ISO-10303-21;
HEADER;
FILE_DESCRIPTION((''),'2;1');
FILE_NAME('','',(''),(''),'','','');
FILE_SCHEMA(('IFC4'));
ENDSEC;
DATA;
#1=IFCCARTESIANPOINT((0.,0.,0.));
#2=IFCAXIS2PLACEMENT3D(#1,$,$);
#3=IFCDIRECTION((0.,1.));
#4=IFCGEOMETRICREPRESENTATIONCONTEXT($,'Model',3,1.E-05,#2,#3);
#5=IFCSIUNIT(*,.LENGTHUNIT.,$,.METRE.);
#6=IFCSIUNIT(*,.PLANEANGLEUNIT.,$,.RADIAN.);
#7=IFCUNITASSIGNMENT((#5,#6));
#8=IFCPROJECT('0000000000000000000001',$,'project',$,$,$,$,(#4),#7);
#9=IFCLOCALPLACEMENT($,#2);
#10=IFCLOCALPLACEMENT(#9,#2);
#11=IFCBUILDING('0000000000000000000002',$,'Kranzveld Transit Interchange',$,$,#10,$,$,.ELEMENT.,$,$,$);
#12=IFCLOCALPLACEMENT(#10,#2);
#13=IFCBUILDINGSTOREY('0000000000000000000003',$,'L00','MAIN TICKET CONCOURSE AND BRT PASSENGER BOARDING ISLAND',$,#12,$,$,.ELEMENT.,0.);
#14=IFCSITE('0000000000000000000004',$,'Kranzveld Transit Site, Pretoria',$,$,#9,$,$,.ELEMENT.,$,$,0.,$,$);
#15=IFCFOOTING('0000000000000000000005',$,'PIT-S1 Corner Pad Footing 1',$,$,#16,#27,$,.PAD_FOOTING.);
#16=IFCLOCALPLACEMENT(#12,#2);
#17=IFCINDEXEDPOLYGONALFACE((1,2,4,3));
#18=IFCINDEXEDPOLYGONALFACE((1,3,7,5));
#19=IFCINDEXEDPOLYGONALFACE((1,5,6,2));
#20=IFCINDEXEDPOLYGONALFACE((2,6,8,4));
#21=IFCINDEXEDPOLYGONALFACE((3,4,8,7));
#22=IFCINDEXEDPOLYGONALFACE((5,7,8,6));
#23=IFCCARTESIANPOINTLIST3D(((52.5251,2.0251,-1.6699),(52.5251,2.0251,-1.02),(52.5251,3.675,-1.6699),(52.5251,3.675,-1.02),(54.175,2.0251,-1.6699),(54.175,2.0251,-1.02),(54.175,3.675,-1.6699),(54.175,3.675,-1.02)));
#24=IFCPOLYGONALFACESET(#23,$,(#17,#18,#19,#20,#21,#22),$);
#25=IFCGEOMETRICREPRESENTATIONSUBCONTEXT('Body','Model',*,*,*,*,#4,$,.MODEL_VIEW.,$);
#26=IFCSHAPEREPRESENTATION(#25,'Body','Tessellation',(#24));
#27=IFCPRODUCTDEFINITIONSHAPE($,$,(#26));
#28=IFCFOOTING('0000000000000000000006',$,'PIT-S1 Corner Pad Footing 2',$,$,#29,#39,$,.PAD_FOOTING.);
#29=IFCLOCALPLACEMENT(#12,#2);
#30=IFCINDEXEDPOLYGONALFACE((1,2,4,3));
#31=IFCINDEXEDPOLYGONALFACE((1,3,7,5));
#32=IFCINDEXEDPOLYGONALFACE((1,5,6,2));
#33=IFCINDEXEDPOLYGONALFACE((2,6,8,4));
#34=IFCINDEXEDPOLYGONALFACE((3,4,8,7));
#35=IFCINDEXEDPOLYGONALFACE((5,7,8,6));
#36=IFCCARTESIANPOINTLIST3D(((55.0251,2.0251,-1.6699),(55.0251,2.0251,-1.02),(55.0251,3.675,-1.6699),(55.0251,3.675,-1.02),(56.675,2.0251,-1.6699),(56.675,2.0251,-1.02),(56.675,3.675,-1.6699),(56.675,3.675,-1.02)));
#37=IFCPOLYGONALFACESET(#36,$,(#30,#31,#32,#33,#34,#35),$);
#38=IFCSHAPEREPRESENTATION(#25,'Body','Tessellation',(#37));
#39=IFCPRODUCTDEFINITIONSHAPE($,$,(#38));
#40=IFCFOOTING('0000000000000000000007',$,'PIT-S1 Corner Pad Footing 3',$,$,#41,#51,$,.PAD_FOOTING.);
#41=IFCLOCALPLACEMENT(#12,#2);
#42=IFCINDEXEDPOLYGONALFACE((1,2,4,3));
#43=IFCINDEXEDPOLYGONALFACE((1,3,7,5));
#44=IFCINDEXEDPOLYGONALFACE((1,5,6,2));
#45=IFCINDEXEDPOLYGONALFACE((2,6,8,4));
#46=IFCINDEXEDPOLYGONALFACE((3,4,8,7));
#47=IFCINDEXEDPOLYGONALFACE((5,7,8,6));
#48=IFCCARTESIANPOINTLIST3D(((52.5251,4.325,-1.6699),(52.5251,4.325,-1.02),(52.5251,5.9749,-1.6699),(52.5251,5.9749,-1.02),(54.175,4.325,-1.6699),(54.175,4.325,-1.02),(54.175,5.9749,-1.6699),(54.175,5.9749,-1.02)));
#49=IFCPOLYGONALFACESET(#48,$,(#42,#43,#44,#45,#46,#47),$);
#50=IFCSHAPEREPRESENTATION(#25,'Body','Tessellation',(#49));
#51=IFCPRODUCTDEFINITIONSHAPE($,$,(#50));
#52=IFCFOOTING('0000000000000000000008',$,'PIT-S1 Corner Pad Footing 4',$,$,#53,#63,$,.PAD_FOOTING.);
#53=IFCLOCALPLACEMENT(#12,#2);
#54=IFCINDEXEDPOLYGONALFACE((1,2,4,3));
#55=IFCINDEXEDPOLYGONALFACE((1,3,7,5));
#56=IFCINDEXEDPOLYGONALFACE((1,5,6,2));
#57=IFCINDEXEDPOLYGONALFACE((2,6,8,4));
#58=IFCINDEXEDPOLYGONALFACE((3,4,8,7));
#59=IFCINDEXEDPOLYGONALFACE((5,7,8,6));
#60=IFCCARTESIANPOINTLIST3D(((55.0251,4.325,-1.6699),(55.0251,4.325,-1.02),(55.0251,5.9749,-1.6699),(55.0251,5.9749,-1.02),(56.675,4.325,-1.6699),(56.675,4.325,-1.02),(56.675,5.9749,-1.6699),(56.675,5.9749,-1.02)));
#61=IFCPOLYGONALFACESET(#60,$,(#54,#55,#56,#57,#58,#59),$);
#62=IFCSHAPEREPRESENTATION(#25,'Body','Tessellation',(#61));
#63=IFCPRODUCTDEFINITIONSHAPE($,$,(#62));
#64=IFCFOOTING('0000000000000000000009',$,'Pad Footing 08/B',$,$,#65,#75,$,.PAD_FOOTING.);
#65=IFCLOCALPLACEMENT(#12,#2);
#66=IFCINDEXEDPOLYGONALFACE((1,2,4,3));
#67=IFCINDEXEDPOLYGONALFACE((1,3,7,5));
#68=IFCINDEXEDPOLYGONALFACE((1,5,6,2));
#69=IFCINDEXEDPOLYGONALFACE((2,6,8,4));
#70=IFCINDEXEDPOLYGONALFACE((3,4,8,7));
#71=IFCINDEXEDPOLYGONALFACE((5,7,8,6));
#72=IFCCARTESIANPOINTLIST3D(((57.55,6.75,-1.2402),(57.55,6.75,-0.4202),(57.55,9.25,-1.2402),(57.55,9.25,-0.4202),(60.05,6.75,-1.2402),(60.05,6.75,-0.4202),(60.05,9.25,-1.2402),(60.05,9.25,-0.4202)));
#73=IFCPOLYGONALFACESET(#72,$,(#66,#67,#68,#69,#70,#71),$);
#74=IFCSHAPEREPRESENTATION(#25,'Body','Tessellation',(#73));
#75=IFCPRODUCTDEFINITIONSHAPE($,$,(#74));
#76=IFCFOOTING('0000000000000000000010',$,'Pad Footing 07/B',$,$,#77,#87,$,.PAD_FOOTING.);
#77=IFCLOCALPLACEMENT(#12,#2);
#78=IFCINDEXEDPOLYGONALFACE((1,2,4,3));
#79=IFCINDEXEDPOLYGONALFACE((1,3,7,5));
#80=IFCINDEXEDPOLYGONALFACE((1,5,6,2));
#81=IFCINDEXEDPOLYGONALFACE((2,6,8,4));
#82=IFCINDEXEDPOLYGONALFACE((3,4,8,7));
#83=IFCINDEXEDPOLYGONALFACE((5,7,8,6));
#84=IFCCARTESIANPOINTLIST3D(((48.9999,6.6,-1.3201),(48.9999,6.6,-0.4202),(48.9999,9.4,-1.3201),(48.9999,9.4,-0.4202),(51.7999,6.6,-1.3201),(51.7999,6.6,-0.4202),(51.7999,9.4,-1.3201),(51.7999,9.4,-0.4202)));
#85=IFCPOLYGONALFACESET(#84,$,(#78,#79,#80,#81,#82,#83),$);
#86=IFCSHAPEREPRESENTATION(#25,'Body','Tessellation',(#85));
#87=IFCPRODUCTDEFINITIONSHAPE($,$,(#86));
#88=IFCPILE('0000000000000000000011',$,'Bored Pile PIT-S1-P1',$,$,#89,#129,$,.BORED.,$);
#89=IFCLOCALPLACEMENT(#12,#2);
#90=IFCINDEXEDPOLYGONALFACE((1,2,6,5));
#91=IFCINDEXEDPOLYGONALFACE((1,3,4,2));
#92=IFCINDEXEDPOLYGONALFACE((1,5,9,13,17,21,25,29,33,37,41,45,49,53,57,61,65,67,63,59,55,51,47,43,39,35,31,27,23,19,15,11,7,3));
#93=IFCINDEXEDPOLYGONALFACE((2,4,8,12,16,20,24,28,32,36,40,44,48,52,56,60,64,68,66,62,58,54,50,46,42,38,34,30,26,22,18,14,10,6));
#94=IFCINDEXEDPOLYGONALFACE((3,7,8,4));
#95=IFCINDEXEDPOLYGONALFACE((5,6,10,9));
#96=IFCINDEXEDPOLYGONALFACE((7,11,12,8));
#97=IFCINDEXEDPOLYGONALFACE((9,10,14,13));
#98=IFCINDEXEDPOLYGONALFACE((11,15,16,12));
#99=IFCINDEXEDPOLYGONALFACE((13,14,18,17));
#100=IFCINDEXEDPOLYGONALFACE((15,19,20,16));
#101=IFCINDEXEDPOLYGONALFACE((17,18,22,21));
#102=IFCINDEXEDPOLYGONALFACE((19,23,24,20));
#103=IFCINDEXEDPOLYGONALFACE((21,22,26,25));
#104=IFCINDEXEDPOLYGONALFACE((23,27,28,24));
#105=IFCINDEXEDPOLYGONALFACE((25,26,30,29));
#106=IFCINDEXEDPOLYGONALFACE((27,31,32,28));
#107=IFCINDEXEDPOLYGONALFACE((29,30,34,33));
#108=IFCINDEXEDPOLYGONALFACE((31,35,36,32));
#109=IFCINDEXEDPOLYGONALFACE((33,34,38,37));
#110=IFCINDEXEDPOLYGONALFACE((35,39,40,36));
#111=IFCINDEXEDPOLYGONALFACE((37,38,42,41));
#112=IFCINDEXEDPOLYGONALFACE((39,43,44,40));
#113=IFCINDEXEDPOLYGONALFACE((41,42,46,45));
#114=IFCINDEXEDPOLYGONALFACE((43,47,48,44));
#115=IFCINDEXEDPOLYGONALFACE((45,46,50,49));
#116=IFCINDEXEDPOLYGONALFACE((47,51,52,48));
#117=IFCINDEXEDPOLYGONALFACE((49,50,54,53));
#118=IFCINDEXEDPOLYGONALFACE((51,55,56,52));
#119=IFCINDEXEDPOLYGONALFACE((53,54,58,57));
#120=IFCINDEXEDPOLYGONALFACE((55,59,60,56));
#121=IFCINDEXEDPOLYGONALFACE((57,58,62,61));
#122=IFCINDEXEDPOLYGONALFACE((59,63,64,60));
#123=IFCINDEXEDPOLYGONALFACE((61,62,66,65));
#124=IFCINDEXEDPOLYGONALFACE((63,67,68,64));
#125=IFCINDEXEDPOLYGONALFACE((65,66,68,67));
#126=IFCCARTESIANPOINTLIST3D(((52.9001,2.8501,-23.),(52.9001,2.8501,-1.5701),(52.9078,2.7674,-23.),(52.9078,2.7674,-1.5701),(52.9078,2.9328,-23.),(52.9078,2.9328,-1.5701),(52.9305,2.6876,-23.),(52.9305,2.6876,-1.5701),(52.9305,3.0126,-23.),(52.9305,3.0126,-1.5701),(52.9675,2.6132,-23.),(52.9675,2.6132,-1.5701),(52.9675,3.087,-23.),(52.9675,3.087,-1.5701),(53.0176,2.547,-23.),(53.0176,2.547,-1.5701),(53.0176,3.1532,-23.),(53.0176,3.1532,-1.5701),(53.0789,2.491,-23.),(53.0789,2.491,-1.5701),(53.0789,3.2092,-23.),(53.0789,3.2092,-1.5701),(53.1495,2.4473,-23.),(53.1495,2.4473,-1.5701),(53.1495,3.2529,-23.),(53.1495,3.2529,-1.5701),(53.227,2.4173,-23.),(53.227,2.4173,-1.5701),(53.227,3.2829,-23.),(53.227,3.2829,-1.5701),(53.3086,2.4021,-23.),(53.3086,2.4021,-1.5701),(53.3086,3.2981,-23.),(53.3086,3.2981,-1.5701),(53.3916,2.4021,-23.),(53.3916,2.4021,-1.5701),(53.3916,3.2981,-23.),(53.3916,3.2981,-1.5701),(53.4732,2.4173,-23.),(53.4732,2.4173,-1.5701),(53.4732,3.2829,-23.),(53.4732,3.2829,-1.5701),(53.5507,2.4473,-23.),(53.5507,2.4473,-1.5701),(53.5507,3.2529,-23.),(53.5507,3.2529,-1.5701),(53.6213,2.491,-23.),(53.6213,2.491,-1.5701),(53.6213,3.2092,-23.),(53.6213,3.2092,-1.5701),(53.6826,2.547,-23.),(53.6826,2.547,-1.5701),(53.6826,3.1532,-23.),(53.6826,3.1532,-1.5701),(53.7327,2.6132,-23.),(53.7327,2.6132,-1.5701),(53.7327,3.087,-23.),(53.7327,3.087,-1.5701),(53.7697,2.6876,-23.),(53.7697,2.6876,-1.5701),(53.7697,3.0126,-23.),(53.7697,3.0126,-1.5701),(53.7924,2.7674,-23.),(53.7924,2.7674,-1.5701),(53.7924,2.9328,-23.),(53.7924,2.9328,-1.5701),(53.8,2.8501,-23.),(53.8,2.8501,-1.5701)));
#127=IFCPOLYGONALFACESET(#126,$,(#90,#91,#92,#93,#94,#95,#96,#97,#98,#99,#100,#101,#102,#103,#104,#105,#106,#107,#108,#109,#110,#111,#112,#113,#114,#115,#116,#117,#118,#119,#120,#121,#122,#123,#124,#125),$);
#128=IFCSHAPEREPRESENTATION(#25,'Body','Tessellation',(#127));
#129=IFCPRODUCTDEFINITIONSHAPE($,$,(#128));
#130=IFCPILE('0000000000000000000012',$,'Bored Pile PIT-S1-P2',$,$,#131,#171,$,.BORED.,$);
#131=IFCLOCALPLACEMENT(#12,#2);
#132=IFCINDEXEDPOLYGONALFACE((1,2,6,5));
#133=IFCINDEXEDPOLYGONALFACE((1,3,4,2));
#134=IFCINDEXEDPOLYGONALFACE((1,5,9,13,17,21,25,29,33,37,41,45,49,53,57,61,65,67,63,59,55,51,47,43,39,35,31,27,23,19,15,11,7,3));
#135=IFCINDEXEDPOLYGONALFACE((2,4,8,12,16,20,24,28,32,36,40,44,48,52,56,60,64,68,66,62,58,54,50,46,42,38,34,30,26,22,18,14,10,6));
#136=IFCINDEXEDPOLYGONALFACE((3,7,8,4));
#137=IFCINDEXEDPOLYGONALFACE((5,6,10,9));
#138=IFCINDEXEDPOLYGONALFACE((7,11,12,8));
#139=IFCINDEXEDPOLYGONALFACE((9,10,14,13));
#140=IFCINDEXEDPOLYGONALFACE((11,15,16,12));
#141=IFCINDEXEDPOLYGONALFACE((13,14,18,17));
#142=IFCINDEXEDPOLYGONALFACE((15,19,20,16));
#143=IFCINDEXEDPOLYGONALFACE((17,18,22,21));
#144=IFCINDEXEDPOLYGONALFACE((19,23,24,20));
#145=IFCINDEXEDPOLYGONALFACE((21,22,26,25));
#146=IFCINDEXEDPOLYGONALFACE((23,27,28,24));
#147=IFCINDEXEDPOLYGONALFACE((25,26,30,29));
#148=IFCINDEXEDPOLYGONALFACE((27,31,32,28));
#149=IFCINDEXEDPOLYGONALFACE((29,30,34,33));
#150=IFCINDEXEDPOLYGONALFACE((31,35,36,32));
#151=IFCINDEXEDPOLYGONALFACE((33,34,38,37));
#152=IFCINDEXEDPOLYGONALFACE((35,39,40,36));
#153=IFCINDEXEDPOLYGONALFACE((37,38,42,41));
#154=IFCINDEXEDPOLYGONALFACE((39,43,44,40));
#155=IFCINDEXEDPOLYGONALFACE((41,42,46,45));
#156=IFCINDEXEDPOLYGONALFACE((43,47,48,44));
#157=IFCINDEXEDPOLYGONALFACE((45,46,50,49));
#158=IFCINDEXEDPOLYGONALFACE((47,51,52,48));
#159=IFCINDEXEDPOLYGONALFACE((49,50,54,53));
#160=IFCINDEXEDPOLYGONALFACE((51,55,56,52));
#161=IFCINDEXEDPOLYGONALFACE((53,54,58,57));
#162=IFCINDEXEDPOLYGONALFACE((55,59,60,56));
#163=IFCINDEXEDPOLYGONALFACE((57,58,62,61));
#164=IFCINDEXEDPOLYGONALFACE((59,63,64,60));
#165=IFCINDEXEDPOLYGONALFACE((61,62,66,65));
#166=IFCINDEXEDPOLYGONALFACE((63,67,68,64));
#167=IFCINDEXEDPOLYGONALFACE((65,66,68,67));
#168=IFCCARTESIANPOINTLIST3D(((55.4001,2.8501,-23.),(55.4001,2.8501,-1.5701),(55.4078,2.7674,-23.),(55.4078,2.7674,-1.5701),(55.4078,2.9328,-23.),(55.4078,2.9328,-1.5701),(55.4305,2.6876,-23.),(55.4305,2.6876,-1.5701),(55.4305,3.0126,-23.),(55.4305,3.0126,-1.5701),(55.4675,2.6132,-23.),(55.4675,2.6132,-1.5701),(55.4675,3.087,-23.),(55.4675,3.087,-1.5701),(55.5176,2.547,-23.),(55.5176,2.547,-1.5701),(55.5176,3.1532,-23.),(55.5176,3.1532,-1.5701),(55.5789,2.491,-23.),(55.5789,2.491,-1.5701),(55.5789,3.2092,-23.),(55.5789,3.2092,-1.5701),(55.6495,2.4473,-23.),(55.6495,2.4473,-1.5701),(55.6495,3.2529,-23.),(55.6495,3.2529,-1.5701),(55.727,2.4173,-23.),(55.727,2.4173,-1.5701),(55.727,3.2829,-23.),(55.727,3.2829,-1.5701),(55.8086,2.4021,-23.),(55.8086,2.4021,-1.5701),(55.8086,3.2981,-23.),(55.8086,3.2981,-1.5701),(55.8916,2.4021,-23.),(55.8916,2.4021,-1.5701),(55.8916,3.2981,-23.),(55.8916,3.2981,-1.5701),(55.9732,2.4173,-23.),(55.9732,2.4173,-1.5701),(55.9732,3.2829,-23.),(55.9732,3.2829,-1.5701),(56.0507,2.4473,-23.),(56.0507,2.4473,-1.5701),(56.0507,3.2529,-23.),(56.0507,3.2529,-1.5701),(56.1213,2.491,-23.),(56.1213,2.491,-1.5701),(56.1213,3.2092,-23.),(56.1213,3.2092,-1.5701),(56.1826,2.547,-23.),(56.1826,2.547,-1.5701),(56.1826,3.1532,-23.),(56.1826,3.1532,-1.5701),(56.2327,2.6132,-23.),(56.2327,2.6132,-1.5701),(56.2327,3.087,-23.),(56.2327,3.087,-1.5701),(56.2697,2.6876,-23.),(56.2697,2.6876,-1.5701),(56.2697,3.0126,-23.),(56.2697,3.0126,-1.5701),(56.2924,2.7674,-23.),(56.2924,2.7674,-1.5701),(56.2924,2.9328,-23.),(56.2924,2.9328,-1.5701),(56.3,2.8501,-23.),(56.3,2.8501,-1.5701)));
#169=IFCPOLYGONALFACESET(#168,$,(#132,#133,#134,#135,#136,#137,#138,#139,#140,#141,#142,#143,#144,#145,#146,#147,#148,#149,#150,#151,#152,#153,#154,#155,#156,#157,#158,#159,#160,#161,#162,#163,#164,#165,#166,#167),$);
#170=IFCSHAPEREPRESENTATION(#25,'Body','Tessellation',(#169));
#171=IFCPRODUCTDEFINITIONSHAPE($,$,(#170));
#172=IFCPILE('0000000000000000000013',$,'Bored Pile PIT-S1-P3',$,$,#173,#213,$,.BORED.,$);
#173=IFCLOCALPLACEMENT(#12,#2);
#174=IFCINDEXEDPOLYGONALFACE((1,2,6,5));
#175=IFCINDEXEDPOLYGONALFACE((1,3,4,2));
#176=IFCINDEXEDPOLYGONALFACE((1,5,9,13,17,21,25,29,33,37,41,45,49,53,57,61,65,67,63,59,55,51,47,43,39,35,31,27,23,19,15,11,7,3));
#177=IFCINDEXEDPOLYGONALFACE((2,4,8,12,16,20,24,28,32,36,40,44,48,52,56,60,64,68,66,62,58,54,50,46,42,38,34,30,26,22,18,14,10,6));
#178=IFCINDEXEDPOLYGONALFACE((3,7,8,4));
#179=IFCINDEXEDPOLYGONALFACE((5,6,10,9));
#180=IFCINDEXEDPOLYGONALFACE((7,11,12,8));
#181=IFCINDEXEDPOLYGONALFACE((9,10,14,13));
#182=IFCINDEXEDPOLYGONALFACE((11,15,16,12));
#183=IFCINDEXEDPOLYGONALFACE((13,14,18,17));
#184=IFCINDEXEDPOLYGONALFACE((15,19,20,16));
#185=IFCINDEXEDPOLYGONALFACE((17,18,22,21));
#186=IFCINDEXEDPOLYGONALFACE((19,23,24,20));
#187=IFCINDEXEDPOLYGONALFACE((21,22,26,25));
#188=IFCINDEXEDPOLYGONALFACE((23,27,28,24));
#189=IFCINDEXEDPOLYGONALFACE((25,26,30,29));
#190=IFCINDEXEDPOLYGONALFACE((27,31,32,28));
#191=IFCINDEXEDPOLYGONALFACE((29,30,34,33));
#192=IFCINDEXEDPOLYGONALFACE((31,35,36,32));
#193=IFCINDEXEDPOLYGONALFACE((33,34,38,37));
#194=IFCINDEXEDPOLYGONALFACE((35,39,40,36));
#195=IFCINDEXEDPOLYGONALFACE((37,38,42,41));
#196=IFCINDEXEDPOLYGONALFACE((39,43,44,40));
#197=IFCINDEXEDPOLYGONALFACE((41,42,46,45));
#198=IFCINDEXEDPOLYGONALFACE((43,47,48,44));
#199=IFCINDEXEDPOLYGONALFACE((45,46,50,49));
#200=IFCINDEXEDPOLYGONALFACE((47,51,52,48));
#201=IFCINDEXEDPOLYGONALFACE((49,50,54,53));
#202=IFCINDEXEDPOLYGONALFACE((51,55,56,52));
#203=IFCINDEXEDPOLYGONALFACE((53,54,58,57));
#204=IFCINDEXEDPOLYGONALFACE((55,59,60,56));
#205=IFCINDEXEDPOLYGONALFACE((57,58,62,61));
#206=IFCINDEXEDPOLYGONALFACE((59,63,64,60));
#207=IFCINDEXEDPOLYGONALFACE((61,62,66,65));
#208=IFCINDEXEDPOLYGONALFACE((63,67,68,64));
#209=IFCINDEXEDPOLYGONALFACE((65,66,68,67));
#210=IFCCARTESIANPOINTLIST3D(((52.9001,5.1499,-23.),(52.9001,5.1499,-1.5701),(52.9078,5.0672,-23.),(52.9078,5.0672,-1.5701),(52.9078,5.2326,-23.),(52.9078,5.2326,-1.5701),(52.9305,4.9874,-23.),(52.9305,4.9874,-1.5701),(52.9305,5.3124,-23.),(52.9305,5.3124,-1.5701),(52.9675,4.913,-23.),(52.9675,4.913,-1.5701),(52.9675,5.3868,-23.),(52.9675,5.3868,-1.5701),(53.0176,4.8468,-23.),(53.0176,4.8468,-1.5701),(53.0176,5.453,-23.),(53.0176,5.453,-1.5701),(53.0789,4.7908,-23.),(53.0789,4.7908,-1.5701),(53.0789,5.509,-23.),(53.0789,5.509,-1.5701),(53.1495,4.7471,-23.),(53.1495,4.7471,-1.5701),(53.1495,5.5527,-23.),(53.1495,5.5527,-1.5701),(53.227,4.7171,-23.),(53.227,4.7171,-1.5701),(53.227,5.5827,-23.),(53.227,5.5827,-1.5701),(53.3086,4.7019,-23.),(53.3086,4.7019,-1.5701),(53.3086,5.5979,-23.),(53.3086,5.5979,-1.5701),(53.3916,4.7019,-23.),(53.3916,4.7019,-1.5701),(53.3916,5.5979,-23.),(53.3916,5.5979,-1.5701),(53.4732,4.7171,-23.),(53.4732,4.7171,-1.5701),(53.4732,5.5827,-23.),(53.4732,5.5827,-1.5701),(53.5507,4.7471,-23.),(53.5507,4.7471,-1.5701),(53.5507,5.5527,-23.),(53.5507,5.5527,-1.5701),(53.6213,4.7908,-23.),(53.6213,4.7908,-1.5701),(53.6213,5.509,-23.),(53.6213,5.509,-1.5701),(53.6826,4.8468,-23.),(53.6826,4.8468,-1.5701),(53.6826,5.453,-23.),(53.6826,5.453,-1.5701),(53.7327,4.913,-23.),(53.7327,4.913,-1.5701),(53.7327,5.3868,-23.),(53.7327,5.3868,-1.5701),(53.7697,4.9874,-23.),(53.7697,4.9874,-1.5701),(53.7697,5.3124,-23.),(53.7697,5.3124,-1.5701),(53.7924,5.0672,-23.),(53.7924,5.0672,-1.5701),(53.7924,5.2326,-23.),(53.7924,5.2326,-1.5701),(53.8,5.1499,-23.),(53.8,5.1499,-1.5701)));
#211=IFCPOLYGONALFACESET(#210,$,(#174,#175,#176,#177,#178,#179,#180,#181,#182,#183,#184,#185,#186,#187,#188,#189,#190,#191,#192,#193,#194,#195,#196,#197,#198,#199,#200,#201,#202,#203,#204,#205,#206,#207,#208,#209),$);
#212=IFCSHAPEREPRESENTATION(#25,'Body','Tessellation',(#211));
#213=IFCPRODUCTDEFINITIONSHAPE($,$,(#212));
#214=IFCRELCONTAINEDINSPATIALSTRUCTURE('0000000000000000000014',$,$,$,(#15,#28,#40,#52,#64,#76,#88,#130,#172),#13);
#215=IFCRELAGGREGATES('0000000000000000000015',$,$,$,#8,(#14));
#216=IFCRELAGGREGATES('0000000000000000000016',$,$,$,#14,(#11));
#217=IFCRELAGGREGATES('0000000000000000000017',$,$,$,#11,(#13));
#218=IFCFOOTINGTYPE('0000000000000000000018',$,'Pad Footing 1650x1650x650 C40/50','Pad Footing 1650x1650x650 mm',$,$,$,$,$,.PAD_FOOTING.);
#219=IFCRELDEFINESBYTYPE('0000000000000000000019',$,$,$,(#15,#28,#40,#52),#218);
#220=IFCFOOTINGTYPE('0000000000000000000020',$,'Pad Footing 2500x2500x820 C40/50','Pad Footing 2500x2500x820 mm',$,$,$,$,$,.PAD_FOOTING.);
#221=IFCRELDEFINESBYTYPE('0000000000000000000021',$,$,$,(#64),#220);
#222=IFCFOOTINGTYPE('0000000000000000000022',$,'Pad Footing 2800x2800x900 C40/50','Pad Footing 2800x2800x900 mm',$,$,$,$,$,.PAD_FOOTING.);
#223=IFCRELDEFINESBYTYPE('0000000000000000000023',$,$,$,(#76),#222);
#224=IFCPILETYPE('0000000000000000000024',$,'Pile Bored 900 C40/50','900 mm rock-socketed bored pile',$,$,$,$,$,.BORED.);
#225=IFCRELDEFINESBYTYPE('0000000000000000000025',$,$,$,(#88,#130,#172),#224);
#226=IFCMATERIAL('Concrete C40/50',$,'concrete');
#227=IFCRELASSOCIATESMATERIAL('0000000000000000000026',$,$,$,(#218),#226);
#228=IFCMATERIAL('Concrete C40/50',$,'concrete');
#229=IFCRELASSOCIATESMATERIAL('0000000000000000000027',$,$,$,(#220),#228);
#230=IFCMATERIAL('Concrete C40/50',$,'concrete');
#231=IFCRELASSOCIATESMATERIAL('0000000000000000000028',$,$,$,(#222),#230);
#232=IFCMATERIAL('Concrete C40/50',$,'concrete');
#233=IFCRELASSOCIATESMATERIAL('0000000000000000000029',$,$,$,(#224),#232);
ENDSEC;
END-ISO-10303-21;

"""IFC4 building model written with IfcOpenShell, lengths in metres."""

from ifc_helpers import new_model, si_unit, direction, frame, origin, origin_2d, place, context, subcontext, project, spatial, rectangle, circle, extrude, material, material_profile, profile_set, type_object, element, save


model = new_model("IFC4")

# Units and contexts
model_context = context("Model", 3, precision=1e-05, world=origin(), true_north=direction((0.0, 1.0)))
body_context = subcontext(model_context, "Body", "Model", "MODEL_VIEW")
ifc_project = project(units=[si_unit("LENGTHUNIT", "METRE"), si_unit("PLANEANGLEUNIT", "RADIAN")], contexts=[model_context])

# Site, building, storey
site_placement = place(None, origin())
site = spatial("IfcSite", under=ifc_project, at=site_placement, Name="Kranzveld Transit Site, Pretoria", CompositionType="ELEMENT", RefElevation=0.0)
building_placement = place(site_placement, origin())
building = spatial("IfcBuilding", under=site, at=building_placement, Name="Kranzveld Transit Interchange", CompositionType="ELEMENT")
storey_placement = place(building_placement, origin())
storey = spatial("IfcBuildingStorey", under=building, at=storey_placement, Name="L00", Description="MAIN TICKET CONCOURSE AND BRT PASSENGER BOARDING ISLAND", CompositionType="ELEMENT", Elevation=0.0)

# Footings
ifc_material_1 = material(Name="Concrete C40/50", Category="concrete")
footing_type_1 = type_object("IfcFootingType", Name="Pad Footing 1650x1650x650 C40/50", Description="Pad Footing 1650x1650x650 mm", PredefinedType="PAD_FOOTING", material=ifc_material_1)
for number, where, z_axis, x_axis, name in (
    (1, (53.3501, 2.8501, -1.6699), (0.0, 0.0, 1.0), (1.0, 0.0, 0.0), "PIT-S1 Corner Pad Footing 1"),
    (2, (55.8501, 2.8501, -1.6699), (0.0, 0.0, 1.0), (1.0, 0.0, 0.0), "PIT-S1 Corner Pad Footing 2"),
    (3, (53.3501, 5.1499, -1.6699), (0.0, 0.0, 1.0), (1.0, 0.0, 0.0), "PIT-S1 Corner Pad Footing 3"),
    (4, (55.8501, 5.1499, -1.6699), (0.0, 0.0, 1.0), (1.0, 0.0, 0.0), "PIT-S1 Corner Pad Footing 4"),
):
    element("IfcFooting", number, at=place(storey_placement, frame(where, z_axis=z_axis, x_axis=x_axis)), inside=storey, type_object=footing_type_1, Name=name, PredefinedType="PAD_FOOTING", context=body_context, shape_type="SweptSolid", body=[
        extrude(rectangle(XDim=1.6499, YDim=1.6499, at=origin_2d()), origin(), (0.0, 0.0, 1.0), 0.6499),
    ])
ifc_material_2 = material(Name="Concrete C40/50", Category="concrete")
footing_type_2 = type_object("IfcFootingType", Name="Pad Footing 2500x2500x820 C40/50", Description="Pad Footing 2500x2500x820 mm", PredefinedType="PAD_FOOTING", material=ifc_material_2)
footing_1_placement = place(storey_placement, frame((58.8, 8.0, -1.2402), z_axis=(0.0, 0.0, 1.0), x_axis=(1.0, 0.0, 0.0)))
element("IfcFooting", 5, at=footing_1_placement, inside=storey, type_object=footing_type_2, Name="Pad Footing 08/B", PredefinedType="PAD_FOOTING", context=body_context, shape_type="SweptSolid", body=[
    extrude(rectangle(XDim=2.5, YDim=2.5, at=origin_2d()), origin(), (0.0, 0.0, 1.0), 0.8201),
])
ifc_material_3 = material(Name="Concrete C40/50", Category="concrete")
footing_type_3 = type_object("IfcFootingType", Name="Pad Footing 2800x2800x900 C40/50", Description="Pad Footing 2800x2800x900 mm", PredefinedType="PAD_FOOTING", material=ifc_material_3)
footing_2_placement = place(storey_placement, frame((50.3999, 8.0, -1.3201), z_axis=(0.0, 0.0, 1.0), x_axis=(1.0, 0.0, 0.0)))
element("IfcFooting", 6, at=footing_2_placement, inside=storey, type_object=footing_type_3, Name="Pad Footing 07/B", PredefinedType="PAD_FOOTING", context=body_context, shape_type="SweptSolid", body=[
    extrude(rectangle(XDim=2.8, YDim=2.8, at=origin_2d()), origin(), (0.0, 0.0, 1.0), 0.8999),
])

# Piles
ifc_material_4 = material(Name="Concrete C40/50", Category="concrete")
ifc_material_profile_1 = material_profile(ifc_material_4, circle(Radius=0.45, at=origin_2d()), Name="BORED PILE 900")
ifc_profile_set_1 = profile_set([ifc_material_profile_1], Name="Concrete C40/50")
pile_type = type_object("IfcPileType", Name="Pile Bored 900 C40/50", Description="900 mm rock-socketed bored pile", PredefinedType="BORED", material=ifc_profile_set_1)
for number, where, z_axis, x_axis, name in (
    (7, (53.3501, 2.8501, -1.5701), (0.0, 0.0, -1.0), (1.0, 0.0, 0.0), "Bored Pile PIT-S1-P1"),
    (8, (55.8501, 2.8501, -1.5701), (0.0, 0.0, -1.0), (1.0, 0.0, 0.0), "Bored Pile PIT-S1-P2"),
    (9, (53.3501, 5.1499, -1.5701), (0.0, 0.0, -1.0), (1.0, 0.0, 0.0), "Bored Pile PIT-S1-P3"),
):
    element("IfcPile", number, at=place(storey_placement, frame(where, z_axis=z_axis, x_axis=x_axis)), inside=storey, type_object=pile_type, Name=name, PredefinedType="BORED", context=body_context, shape_type="SweptSolid", body=[
        extrude(circle(Radius=0.45, at=origin_2d()), origin(), (0.0, 0.0, 1.0), 21.4299),
    ])

save(model, "model.ifc")
